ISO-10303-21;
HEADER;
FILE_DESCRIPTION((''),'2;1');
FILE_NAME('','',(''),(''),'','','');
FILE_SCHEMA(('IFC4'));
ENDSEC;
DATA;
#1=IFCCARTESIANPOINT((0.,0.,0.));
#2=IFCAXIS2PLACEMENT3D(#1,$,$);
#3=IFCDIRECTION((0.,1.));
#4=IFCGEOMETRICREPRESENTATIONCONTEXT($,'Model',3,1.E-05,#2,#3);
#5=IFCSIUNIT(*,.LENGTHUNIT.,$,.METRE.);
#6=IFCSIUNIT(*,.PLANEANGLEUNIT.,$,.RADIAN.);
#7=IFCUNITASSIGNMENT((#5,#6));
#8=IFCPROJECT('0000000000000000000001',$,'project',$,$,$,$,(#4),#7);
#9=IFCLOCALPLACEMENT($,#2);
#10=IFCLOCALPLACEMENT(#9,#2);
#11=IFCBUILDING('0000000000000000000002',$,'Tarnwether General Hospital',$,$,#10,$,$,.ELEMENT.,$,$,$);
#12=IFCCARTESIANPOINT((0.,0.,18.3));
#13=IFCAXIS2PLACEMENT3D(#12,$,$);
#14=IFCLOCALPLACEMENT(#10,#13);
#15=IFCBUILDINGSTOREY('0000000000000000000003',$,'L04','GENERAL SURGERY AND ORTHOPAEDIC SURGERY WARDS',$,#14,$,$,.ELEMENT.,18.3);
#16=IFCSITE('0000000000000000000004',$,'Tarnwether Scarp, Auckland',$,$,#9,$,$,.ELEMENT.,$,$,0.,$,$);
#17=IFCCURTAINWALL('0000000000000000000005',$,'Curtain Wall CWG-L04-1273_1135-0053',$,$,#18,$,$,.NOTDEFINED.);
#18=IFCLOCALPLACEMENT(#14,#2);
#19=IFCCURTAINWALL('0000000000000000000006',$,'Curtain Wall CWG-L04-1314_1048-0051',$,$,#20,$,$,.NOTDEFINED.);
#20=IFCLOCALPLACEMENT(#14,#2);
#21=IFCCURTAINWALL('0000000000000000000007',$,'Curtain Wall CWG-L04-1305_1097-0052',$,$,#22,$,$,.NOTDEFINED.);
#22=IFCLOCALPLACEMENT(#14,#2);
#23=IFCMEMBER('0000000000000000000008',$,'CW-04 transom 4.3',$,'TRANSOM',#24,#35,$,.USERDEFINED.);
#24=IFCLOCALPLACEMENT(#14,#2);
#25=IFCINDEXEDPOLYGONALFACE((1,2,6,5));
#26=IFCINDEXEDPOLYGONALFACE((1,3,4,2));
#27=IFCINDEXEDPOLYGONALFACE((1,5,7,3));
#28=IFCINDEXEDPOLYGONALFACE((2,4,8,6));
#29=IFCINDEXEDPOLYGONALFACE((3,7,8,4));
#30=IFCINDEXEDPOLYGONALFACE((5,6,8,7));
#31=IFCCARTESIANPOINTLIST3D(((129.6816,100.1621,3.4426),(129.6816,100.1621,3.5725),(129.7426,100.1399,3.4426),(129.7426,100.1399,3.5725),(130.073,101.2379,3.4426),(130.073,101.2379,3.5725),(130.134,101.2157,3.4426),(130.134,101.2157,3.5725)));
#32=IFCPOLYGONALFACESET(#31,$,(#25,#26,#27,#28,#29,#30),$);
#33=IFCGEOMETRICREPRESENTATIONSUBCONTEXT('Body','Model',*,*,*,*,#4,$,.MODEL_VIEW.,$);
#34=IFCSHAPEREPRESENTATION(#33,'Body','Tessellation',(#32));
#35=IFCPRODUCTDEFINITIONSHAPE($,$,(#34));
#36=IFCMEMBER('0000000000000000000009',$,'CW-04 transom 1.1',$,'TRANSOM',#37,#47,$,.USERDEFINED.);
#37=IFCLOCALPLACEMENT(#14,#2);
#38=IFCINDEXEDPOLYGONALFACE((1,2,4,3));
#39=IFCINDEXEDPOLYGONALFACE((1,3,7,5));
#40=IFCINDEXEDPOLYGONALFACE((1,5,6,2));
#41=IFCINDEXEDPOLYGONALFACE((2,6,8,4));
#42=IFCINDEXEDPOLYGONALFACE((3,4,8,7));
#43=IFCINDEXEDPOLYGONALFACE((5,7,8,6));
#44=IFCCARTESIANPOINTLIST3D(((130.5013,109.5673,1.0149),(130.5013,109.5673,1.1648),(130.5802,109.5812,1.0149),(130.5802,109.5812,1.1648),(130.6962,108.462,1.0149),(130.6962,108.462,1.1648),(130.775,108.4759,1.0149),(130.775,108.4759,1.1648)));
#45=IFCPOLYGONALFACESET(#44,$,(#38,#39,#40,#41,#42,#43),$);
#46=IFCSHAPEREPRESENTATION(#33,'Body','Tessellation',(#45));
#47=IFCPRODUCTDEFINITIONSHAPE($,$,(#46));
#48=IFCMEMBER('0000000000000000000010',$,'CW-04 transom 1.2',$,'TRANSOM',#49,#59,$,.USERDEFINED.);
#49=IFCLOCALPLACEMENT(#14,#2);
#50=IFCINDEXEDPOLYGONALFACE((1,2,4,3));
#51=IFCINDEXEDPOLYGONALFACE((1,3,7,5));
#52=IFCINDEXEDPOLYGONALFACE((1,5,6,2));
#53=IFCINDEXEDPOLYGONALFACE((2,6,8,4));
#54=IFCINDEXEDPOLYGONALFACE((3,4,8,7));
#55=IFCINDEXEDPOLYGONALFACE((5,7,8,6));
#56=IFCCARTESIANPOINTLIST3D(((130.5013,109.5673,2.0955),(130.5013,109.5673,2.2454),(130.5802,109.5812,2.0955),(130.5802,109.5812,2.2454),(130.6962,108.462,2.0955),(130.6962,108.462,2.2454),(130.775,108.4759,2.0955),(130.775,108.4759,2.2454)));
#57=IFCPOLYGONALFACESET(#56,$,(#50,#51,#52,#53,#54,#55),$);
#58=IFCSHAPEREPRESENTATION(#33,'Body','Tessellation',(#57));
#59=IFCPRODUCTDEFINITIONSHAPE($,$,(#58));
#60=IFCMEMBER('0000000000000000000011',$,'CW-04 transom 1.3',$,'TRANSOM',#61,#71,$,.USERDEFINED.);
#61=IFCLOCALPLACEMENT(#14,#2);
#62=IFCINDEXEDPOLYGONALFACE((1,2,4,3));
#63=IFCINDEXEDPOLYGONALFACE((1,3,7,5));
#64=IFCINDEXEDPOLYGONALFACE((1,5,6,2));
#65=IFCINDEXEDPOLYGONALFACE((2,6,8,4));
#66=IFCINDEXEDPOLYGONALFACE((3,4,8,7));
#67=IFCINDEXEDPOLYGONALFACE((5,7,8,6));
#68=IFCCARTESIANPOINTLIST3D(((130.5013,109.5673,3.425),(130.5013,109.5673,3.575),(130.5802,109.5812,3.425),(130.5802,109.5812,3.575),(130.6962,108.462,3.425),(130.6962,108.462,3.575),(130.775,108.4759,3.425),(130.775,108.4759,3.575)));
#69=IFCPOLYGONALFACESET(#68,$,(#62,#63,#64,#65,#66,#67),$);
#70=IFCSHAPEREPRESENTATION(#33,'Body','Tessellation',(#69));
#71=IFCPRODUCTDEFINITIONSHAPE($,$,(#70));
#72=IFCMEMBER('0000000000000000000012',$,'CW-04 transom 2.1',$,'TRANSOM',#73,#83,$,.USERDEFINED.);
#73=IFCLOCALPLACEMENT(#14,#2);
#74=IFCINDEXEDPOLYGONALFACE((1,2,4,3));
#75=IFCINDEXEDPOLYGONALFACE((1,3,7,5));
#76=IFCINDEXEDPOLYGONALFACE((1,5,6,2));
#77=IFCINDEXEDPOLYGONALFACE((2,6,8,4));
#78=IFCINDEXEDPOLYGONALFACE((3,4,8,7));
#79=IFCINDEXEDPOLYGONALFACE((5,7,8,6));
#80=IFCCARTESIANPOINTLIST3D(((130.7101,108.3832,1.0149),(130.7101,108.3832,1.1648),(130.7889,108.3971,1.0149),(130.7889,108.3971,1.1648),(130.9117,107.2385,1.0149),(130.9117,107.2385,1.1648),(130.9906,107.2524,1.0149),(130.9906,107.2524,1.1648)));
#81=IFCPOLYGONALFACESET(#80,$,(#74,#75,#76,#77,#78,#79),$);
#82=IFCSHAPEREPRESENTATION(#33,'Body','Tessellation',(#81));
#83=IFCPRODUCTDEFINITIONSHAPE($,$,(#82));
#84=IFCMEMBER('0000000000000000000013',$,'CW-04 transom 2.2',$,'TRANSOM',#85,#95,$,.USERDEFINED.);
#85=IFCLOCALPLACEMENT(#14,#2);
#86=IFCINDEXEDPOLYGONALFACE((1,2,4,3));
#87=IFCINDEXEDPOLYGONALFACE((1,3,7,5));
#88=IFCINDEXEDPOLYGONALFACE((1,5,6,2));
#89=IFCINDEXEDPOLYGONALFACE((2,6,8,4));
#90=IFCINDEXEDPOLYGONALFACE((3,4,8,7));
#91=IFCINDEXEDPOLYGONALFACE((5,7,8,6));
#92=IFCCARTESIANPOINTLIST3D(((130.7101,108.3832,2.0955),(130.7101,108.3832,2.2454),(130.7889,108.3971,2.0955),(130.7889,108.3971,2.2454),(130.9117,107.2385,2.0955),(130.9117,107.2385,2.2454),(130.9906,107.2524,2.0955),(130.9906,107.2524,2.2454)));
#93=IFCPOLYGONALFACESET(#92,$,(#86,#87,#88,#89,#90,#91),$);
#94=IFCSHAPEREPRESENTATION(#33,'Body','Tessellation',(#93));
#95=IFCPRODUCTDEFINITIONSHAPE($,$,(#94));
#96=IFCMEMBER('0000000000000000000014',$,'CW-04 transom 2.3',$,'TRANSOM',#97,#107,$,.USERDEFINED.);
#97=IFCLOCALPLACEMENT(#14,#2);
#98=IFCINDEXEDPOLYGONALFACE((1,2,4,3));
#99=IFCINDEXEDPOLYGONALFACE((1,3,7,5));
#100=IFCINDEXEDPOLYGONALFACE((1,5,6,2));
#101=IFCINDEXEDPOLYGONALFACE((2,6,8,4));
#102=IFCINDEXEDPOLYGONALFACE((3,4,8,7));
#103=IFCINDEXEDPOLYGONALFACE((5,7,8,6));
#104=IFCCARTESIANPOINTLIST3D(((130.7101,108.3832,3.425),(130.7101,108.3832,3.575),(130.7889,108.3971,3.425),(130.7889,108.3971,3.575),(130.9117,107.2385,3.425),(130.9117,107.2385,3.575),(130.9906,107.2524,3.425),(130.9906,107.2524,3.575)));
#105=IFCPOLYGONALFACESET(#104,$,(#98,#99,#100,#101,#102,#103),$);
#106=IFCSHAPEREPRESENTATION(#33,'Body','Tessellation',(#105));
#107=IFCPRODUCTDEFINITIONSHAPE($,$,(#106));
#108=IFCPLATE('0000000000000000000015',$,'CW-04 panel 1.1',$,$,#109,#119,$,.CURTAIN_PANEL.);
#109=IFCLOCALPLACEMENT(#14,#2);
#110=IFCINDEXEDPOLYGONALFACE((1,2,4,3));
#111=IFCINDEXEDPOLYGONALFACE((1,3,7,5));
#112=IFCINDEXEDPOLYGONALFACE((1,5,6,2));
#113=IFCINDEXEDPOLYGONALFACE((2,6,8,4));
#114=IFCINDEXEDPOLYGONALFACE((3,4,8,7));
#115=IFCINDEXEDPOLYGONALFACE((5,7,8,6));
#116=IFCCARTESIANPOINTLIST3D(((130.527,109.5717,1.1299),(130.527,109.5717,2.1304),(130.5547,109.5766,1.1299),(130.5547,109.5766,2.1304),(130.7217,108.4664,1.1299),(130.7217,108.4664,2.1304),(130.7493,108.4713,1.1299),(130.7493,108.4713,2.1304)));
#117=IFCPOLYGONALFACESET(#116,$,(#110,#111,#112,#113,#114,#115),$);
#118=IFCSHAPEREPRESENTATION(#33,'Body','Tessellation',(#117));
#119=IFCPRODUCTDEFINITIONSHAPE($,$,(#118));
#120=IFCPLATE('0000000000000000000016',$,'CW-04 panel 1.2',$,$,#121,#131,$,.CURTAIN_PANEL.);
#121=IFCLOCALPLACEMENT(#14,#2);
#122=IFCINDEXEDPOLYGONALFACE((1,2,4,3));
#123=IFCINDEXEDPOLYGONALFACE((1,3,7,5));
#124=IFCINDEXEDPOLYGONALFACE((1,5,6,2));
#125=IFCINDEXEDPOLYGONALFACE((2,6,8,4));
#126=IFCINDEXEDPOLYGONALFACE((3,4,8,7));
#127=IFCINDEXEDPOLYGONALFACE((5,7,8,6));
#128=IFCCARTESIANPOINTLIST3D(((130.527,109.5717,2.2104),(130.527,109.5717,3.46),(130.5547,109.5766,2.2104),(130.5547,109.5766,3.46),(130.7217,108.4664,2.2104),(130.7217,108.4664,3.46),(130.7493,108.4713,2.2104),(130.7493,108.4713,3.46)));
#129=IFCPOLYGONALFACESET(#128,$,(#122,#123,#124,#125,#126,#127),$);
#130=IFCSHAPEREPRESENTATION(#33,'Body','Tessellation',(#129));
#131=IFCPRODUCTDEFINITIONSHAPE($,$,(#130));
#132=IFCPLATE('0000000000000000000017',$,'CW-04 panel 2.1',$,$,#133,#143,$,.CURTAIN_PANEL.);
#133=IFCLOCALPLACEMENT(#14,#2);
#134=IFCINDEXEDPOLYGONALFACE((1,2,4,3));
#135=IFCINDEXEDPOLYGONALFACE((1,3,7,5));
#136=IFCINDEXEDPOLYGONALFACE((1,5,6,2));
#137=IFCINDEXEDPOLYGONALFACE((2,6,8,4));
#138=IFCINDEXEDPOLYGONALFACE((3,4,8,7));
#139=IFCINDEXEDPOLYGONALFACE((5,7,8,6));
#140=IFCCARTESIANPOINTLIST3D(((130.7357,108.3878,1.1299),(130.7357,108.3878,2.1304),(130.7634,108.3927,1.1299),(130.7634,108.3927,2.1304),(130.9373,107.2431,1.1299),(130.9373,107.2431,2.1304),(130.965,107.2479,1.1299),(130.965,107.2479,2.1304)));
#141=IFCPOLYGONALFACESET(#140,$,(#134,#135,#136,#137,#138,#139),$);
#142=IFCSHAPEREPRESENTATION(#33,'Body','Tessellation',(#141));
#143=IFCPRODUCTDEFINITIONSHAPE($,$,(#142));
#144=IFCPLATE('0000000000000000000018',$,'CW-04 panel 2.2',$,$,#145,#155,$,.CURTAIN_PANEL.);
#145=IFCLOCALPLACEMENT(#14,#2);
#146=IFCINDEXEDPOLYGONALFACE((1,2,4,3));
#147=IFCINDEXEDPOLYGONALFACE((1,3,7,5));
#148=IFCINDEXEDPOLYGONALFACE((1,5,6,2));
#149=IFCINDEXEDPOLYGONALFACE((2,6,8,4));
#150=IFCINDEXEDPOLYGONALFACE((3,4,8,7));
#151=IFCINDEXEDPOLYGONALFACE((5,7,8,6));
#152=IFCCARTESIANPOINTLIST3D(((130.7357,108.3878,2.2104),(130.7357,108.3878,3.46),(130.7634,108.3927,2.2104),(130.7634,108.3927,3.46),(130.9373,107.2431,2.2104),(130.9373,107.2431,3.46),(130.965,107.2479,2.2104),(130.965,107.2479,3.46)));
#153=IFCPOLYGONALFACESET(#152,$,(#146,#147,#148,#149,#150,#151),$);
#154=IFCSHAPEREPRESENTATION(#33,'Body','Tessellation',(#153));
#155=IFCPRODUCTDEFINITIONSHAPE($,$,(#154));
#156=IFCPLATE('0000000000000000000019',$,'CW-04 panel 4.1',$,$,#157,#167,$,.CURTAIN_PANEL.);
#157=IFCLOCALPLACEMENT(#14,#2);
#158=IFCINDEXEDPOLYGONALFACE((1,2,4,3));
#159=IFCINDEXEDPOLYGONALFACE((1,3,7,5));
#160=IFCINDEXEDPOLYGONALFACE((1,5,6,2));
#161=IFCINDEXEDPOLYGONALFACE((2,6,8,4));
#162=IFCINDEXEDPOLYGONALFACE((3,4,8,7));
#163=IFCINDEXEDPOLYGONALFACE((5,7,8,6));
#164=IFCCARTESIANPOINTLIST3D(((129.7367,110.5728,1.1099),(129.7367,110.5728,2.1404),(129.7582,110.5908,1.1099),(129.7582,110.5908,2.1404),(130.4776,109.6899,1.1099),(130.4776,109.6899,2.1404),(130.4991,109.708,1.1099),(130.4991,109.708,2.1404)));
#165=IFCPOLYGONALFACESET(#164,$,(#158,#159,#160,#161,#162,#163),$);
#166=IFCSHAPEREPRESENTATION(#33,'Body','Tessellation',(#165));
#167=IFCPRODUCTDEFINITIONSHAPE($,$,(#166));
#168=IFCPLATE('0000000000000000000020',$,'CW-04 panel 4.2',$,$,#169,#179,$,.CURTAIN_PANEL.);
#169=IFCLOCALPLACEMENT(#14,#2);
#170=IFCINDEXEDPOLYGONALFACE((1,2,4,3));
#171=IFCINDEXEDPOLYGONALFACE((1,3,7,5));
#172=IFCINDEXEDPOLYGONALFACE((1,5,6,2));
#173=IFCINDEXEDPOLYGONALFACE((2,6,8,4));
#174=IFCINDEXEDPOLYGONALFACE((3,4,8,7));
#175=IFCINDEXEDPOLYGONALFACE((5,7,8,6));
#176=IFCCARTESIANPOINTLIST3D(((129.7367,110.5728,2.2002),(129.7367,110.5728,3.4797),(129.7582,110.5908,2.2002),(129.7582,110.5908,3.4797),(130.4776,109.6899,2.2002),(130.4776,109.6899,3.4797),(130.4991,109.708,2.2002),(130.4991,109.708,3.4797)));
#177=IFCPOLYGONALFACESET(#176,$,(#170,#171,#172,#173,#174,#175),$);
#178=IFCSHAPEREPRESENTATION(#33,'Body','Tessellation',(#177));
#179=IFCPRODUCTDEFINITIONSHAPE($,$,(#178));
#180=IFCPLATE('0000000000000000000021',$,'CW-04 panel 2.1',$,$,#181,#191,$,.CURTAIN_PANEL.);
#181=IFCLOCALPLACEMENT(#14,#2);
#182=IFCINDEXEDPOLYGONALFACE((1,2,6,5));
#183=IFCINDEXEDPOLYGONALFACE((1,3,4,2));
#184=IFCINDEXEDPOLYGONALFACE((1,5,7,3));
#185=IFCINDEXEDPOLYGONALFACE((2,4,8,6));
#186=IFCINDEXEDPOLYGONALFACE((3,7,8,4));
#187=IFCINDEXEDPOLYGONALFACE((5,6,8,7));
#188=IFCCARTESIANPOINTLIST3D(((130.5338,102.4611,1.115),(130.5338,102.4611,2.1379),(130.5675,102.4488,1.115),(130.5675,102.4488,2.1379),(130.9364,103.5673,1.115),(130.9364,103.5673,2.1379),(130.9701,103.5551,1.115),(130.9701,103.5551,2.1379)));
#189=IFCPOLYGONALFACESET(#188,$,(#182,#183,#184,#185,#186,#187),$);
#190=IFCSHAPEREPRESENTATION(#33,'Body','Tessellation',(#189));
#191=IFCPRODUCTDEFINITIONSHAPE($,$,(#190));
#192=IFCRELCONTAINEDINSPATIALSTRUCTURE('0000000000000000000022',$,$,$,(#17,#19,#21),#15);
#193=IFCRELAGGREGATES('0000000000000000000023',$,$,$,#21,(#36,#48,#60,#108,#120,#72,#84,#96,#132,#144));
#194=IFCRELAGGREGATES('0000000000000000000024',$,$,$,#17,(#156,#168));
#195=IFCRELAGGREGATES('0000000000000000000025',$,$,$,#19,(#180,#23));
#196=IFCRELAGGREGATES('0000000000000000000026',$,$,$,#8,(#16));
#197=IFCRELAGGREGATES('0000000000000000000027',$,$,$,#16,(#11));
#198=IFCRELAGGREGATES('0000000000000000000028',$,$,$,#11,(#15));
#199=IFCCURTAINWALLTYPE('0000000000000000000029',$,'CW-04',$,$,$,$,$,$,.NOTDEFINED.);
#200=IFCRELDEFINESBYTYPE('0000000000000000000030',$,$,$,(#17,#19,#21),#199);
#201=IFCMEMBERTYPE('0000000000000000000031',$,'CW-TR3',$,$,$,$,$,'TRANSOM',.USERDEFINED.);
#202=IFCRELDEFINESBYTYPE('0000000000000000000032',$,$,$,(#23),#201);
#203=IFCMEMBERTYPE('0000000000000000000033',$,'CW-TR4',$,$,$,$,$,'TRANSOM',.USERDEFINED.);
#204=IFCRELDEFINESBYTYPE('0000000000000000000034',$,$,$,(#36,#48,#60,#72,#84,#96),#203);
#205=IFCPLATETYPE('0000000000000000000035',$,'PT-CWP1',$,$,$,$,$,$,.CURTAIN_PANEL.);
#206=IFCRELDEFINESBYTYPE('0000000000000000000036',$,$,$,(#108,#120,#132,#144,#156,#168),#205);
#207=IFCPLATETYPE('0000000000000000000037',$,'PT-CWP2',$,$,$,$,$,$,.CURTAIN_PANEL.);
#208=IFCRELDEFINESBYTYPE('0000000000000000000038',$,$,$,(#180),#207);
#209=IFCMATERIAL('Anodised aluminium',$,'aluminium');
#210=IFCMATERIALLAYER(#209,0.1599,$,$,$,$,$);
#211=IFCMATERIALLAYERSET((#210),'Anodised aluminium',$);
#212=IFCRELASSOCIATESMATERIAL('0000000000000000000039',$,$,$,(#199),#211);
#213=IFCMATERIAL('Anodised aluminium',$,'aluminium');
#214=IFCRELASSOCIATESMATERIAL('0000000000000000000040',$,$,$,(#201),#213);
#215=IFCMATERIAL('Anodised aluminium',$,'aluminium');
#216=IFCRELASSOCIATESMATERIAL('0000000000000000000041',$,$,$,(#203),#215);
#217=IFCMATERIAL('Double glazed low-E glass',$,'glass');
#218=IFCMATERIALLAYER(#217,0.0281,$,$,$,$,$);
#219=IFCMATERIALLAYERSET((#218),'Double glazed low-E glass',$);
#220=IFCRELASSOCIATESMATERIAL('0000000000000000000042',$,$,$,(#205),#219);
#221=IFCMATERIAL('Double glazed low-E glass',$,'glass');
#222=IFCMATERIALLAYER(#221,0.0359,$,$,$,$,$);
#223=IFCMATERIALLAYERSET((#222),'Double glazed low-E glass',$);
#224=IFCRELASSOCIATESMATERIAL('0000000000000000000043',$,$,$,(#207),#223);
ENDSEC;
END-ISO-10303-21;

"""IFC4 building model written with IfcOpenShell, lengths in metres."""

from ifc_helpers import new_model, si_unit, direction, frame, origin, origin_2d, place, context, subcontext, project, spatial, rectangle, extrude, material, layer, layer_set, material_profile, profile_set, type_object, element, aggregate, save


model = new_model("IFC4")

# Units and contexts
model_context = context("Model", 3, precision=1e-05, world=origin(), true_north=direction((0.0, 1.0)))
body_context = subcontext(model_context, "Body", "Model", "MODEL_VIEW")
ifc_project = project(units=[si_unit("LENGTHUNIT", "METRE"), si_unit("PLANEANGLEUNIT", "RADIAN")], contexts=[model_context])

# Site, building, storey
site_placement = place(None, origin())
site = spatial("IfcSite", under=ifc_project, at=site_placement, Name="Tarnwether Scarp, Auckland", CompositionType="ELEMENT", RefElevation=0.0)
building_placement = place(site_placement, origin())
building = spatial("IfcBuilding", under=site, at=building_placement, Name="Tarnwether General Hospital", CompositionType="ELEMENT")
storey_placement = place(building_placement, frame((0.0, 0.0, 18.3)))
storey = spatial("IfcBuildingStorey", under=building, at=storey_placement, Name="L04", Description="GENERAL SURGERY AND ORTHOPAEDIC SURGERY WARDS", CompositionType="ELEMENT", Elevation=18.3)

# Curtain wall
ifc_material_1 = material(Name="Anodised aluminium", Category="aluminium")
ifc_layer_1 = layer(ifc_material_1, 0.1599)
ifc_layer_set_1 = layer_set([ifc_layer_1], Name="Anodised aluminium")
curtain_wall_type = type_object("IfcCurtainWallType", Name="CW-04", PredefinedType="NOTDEFINED", material=ifc_layer_set_1)
curtain_wall_1_placement = place(storey_placement, origin())
curtain_wall_1 = element("IfcCurtainWall", 1, at=curtain_wall_1_placement, inside=storey, type_object=curtain_wall_type, Name="Curtain Wall CWG-L04-1273_1135-0053", PredefinedType="NOTDEFINED")

# Curtain walls
curtain_wall_2_placement = place(storey_placement, origin())
curtain_wall_2 = element("IfcCurtainWall", 2, at=curtain_wall_2_placement, inside=storey, type_object=curtain_wall_type, Name="Curtain Wall CWG-L04-1314_1048-0051", PredefinedType="NOTDEFINED")
curtain_wall_3_placement = place(storey_placement, origin())
curtain_wall_3 = element("IfcCurtainWall", 3, at=curtain_wall_3_placement, inside=storey, type_object=curtain_wall_type, Name="Curtain Wall CWG-L04-1305_1097-0052", PredefinedType="NOTDEFINED")

# Members
ifc_material_2 = material(Name="Anodised aluminium", Category="aluminium")
ifc_material_profile_1 = material_profile(ifc_material_2, rectangle(XDim=0.0649, YDim=0.1299, at=origin_2d()), Name="ALU-TRN-65x130")
ifc_profile_set_1 = profile_set([ifc_material_profile_1], Name="Anodised aluminium")
member_type_1 = type_object("IfcMemberType", Name="CW-TR3", ElementType="TRANSOM", PredefinedType="USERDEFINED", material=ifc_profile_set_1)
member_1_placement = place(storey_placement, frame((130.1035, 101.2268, 3.5076), z_axis=(-0.341897, -0.939737, 0.0), x_axis=(0.939737, -0.341897, 0.0)))
member_1 = element("IfcMember", 4, at=member_1_placement, type_object=member_type_1, Name="CW-04 transom 4.3", ObjectType="TRANSOM", PredefinedType="USERDEFINED", context=body_context, shape_type="SweptSolid", body=[
    extrude(rectangle(XDim=0.0649, YDim=0.1299, at=origin_2d()), origin(), (0.0, 0.0, 1.0), 1.1448),
])
ifc_material_3 = material(Name="Anodised aluminium", Category="aluminium")
ifc_material_profile_2 = material_profile(ifc_material_3, rectangle(XDim=0.0801, YDim=0.1499, at=origin_2d()), Name="ALU-TRN-80x150")
ifc_profile_set_2 = profile_set([ifc_material_profile_2], Name="Anodised aluminium")
member_type_2 = type_object("IfcMemberType", Name="CW-TR4", ElementType="TRANSOM", PredefinedType="USERDEFINED", material=ifc_profile_set_2)
member_2_placement = place(storey_placement, frame((130.5408, 109.5742, 1.0898), z_axis=(0.173599, -0.984816, 0.0), x_axis=(0.984816, 0.173599, 0.0)))
member_2 = element("IfcMember", 5, at=member_2_placement, type_object=member_type_2, Name="CW-04 transom 1.1", ObjectType="TRANSOM", PredefinedType="USERDEFINED", context=body_context, shape_type="SweptSolid", body=[
    extrude(rectangle(XDim=0.0801, YDim=0.1499, at=origin_2d()), origin(), (0.0, 0.0, 1.0), 1.1223),
])
member_3_placement = place(storey_placement, frame((130.5408, 109.5742, 2.1704), z_axis=(0.173599, -0.984816, 0.0), x_axis=(0.984816, 0.173599, 0.0)))
member_3 = element("IfcMember", 6, at=member_3_placement, type_object=member_type_2, Name="CW-04 transom 1.2", ObjectType="TRANSOM", PredefinedType="USERDEFINED", context=body_context, shape_type="SweptSolid", body=[
    extrude(rectangle(XDim=0.0801, YDim=0.1499, at=origin_2d()), origin(), (0.0, 0.0, 1.0), 1.1223),
])
member_4_placement = place(storey_placement, frame((130.5408, 109.5742, 3.5), z_axis=(0.173599, -0.984816, 0.0), x_axis=(0.984816, 0.173599, 0.0)))
member_4 = element("IfcMember", 7, at=member_4_placement, type_object=member_type_2, Name="CW-04 transom 1.3", ObjectType="TRANSOM", PredefinedType="USERDEFINED", context=body_context, shape_type="SweptSolid", body=[
    extrude(rectangle(XDim=0.0801, YDim=0.1499, at=origin_2d()), origin(), (0.0, 0.0, 1.0), 1.1223),
])
member_5_placement = place(storey_placement, frame((130.7495, 108.3901, 1.0898), z_axis=(0.173486, -0.984836, 0.0), x_axis=(0.984836, 0.173486, 0.0)))
member_5 = element("IfcMember", 8, at=member_5_placement, type_object=member_type_2, Name="CW-04 transom 2.1", ObjectType="TRANSOM", PredefinedType="USERDEFINED", context=body_context, shape_type="SweptSolid", body=[
    extrude(rectangle(XDim=0.0801, YDim=0.1499, at=origin_2d()), origin(), (0.0, 0.0, 1.0), 1.1624),
])
member_6_placement = place(storey_placement, frame((130.7495, 108.3901, 2.1704), z_axis=(0.173486, -0.984836, 0.0), x_axis=(0.984836, 0.173486, 0.0)))
member_6 = element("IfcMember", 9, at=member_6_placement, type_object=member_type_2, Name="CW-04 transom 2.2", ObjectType="TRANSOM", PredefinedType="USERDEFINED", context=body_context, shape_type="SweptSolid", body=[
    extrude(rectangle(XDim=0.0801, YDim=0.1499, at=origin_2d()), origin(), (0.0, 0.0, 1.0), 1.1624),
])
member_7_placement = place(storey_placement, frame((130.7495, 108.3901, 3.5), z_axis=(0.173486, -0.984836, 0.0), x_axis=(0.984836, 0.173486, 0.0)))
member_7 = element("IfcMember", 10, at=member_7_placement, type_object=member_type_2, Name="CW-04 transom 2.3", ObjectType="TRANSOM", PredefinedType="USERDEFINED", context=body_context, shape_type="SweptSolid", body=[
    extrude(rectangle(XDim=0.0801, YDim=0.1499, at=origin_2d()), origin(), (0.0, 0.0, 1.0), 1.1624),
])

# Plates
ifc_material_4 = material(Name="Double glazed low-E glass", Category="glass")
ifc_layer_2 = layer(ifc_material_4, 0.0281)
ifc_layer_set_2 = layer_set([ifc_layer_2], Name="Double glazed low-E glass")
plate_type_1 = type_object("IfcPlateType", Name="PT-CWP1", PredefinedType="CURTAIN_PANEL", material=ifc_layer_set_2)
plate_1_placement = place(storey_placement, frame((130.6382, 109.0215, 1.1299), z_axis=(0.0, 0.0, 1.0), x_axis=(0.173464, -0.98484, 0.0)))
plate_1 = element("IfcPlate", 11, at=plate_1_placement, type_object=plate_type_1, Name="CW-04 panel 1.1", PredefinedType="CURTAIN_PANEL", context=body_context, shape_type="SweptSolid", body=[
    extrude(rectangle(XDim=1.1223, YDim=0.0281, at=origin_2d()), origin(), (0.0, 0.0, 1.0), 1.0005),
])
plate_2_placement = place(storey_placement, frame((130.6382, 109.0215, 2.2104), z_axis=(0.0, 0.0, 1.0), x_axis=(0.173464, -0.98484, 0.0)))
plate_2 = element("IfcPlate", 12, at=plate_2_placement, type_object=plate_type_1, Name="CW-04 panel 1.2", PredefinedType="CURTAIN_PANEL", context=body_context, shape_type="SweptSolid", body=[
    extrude(rectangle(XDim=1.1223, YDim=0.0281, at=origin_2d()), origin(), (0.0, 0.0, 1.0), 1.2495),
])
plate_3_placement = place(storey_placement, frame((130.8503, 107.8179, 1.1299), z_axis=(0.0, 0.0, 1.0), x_axis=(0.173464, -0.98484, 0.0)))
plate_3 = element("IfcPlate", 13, at=plate_3_placement, type_object=plate_type_1, Name="CW-04 panel 2.1", PredefinedType="CURTAIN_PANEL", context=body_context, shape_type="SweptSolid", body=[
    extrude(rectangle(XDim=1.1624, YDim=0.0281, at=origin_2d()), origin(), (0.0, 0.0, 1.0), 1.0005),
])
plate_4_placement = place(storey_placement, frame((130.8503, 107.8179, 2.2104), z_axis=(0.0, 0.0, 1.0), x_axis=(0.173464, -0.98484, 0.0)))
plate_4 = element("IfcPlate", 14, at=plate_4_placement, type_object=plate_type_1, Name="CW-04 panel 2.2", PredefinedType="CURTAIN_PANEL", context=body_context, shape_type="SweptSolid", body=[
    extrude(rectangle(XDim=1.1624, YDim=0.0281, at=origin_2d()), origin(), (0.0, 0.0, 1.0), 1.2495),
])
aggregate(curtain_wall_3, [member_2, member_3, member_4, plate_1, plate_2, member_5, member_6, member_7, plate_3, plate_4])
plate_5_placement = place(storey_placement, frame((130.1179, 110.1404, 1.1099), z_axis=(0.0, 0.0, 1.0), x_axis=(0.642852, -0.76599, 0.0)))
plate_5 = element("IfcPlate", 15, at=plate_5_placement, type_object=plate_type_1, Name="CW-04 panel 4.1", PredefinedType="CURTAIN_PANEL", context=body_context, shape_type="SweptSolid", body=[
    extrude(rectangle(XDim=1.1526, YDim=0.0281, at=origin_2d()), origin(), (0.0, 0.0, 1.0), 1.0305),
])
plate_6_placement = place(storey_placement, frame((130.1179, 110.1404, 2.2002), z_axis=(0.0, 0.0, 1.0), x_axis=(0.642852, -0.76599, 0.0)))
plate_6 = element("IfcPlate", 16, at=plate_6_placement, type_object=plate_type_1, Name="CW-04 panel 4.2", PredefinedType="CURTAIN_PANEL", context=body_context, shape_type="SweptSolid", body=[
    extrude(rectangle(XDim=1.1526, YDim=0.0281, at=origin_2d()), origin(), (0.0, 0.0, 1.0), 1.2795),
])
aggregate(curtain_wall_1, [plate_5, plate_6])
ifc_material_5 = material(Name="Double glazed low-E glass", Category="glass")
ifc_layer_3 = layer(ifc_material_5, 0.0359)
ifc_layer_set_3 = layer_set([ifc_layer_3], Name="Double glazed low-E glass")
plate_type_2 = type_object("IfcPlateType", Name="PT-CWP2", PredefinedType="CURTAIN_PANEL", material=ifc_layer_set_3)
plate_7_placement = place(storey_placement, frame((130.752, 103.0081, 1.115), z_axis=(0.0, 0.0, 1.0), x_axis=(-0.341953, -0.939717, 0.0)))
plate_7 = element("IfcPlate", 17, at=plate_7_placement, type_object=plate_type_2, Name="CW-04 panel 2.1", PredefinedType="CURTAIN_PANEL", context=body_context, shape_type="SweptSolid", body=[
    extrude(rectangle(XDim=1.1772, YDim=0.0359, at=origin_2d()), origin(), (0.0, 0.0, 1.0), 1.0229),
])
aggregate(curtain_wall_2, [plate_7, member_1])

save(model, "model.ifc")
